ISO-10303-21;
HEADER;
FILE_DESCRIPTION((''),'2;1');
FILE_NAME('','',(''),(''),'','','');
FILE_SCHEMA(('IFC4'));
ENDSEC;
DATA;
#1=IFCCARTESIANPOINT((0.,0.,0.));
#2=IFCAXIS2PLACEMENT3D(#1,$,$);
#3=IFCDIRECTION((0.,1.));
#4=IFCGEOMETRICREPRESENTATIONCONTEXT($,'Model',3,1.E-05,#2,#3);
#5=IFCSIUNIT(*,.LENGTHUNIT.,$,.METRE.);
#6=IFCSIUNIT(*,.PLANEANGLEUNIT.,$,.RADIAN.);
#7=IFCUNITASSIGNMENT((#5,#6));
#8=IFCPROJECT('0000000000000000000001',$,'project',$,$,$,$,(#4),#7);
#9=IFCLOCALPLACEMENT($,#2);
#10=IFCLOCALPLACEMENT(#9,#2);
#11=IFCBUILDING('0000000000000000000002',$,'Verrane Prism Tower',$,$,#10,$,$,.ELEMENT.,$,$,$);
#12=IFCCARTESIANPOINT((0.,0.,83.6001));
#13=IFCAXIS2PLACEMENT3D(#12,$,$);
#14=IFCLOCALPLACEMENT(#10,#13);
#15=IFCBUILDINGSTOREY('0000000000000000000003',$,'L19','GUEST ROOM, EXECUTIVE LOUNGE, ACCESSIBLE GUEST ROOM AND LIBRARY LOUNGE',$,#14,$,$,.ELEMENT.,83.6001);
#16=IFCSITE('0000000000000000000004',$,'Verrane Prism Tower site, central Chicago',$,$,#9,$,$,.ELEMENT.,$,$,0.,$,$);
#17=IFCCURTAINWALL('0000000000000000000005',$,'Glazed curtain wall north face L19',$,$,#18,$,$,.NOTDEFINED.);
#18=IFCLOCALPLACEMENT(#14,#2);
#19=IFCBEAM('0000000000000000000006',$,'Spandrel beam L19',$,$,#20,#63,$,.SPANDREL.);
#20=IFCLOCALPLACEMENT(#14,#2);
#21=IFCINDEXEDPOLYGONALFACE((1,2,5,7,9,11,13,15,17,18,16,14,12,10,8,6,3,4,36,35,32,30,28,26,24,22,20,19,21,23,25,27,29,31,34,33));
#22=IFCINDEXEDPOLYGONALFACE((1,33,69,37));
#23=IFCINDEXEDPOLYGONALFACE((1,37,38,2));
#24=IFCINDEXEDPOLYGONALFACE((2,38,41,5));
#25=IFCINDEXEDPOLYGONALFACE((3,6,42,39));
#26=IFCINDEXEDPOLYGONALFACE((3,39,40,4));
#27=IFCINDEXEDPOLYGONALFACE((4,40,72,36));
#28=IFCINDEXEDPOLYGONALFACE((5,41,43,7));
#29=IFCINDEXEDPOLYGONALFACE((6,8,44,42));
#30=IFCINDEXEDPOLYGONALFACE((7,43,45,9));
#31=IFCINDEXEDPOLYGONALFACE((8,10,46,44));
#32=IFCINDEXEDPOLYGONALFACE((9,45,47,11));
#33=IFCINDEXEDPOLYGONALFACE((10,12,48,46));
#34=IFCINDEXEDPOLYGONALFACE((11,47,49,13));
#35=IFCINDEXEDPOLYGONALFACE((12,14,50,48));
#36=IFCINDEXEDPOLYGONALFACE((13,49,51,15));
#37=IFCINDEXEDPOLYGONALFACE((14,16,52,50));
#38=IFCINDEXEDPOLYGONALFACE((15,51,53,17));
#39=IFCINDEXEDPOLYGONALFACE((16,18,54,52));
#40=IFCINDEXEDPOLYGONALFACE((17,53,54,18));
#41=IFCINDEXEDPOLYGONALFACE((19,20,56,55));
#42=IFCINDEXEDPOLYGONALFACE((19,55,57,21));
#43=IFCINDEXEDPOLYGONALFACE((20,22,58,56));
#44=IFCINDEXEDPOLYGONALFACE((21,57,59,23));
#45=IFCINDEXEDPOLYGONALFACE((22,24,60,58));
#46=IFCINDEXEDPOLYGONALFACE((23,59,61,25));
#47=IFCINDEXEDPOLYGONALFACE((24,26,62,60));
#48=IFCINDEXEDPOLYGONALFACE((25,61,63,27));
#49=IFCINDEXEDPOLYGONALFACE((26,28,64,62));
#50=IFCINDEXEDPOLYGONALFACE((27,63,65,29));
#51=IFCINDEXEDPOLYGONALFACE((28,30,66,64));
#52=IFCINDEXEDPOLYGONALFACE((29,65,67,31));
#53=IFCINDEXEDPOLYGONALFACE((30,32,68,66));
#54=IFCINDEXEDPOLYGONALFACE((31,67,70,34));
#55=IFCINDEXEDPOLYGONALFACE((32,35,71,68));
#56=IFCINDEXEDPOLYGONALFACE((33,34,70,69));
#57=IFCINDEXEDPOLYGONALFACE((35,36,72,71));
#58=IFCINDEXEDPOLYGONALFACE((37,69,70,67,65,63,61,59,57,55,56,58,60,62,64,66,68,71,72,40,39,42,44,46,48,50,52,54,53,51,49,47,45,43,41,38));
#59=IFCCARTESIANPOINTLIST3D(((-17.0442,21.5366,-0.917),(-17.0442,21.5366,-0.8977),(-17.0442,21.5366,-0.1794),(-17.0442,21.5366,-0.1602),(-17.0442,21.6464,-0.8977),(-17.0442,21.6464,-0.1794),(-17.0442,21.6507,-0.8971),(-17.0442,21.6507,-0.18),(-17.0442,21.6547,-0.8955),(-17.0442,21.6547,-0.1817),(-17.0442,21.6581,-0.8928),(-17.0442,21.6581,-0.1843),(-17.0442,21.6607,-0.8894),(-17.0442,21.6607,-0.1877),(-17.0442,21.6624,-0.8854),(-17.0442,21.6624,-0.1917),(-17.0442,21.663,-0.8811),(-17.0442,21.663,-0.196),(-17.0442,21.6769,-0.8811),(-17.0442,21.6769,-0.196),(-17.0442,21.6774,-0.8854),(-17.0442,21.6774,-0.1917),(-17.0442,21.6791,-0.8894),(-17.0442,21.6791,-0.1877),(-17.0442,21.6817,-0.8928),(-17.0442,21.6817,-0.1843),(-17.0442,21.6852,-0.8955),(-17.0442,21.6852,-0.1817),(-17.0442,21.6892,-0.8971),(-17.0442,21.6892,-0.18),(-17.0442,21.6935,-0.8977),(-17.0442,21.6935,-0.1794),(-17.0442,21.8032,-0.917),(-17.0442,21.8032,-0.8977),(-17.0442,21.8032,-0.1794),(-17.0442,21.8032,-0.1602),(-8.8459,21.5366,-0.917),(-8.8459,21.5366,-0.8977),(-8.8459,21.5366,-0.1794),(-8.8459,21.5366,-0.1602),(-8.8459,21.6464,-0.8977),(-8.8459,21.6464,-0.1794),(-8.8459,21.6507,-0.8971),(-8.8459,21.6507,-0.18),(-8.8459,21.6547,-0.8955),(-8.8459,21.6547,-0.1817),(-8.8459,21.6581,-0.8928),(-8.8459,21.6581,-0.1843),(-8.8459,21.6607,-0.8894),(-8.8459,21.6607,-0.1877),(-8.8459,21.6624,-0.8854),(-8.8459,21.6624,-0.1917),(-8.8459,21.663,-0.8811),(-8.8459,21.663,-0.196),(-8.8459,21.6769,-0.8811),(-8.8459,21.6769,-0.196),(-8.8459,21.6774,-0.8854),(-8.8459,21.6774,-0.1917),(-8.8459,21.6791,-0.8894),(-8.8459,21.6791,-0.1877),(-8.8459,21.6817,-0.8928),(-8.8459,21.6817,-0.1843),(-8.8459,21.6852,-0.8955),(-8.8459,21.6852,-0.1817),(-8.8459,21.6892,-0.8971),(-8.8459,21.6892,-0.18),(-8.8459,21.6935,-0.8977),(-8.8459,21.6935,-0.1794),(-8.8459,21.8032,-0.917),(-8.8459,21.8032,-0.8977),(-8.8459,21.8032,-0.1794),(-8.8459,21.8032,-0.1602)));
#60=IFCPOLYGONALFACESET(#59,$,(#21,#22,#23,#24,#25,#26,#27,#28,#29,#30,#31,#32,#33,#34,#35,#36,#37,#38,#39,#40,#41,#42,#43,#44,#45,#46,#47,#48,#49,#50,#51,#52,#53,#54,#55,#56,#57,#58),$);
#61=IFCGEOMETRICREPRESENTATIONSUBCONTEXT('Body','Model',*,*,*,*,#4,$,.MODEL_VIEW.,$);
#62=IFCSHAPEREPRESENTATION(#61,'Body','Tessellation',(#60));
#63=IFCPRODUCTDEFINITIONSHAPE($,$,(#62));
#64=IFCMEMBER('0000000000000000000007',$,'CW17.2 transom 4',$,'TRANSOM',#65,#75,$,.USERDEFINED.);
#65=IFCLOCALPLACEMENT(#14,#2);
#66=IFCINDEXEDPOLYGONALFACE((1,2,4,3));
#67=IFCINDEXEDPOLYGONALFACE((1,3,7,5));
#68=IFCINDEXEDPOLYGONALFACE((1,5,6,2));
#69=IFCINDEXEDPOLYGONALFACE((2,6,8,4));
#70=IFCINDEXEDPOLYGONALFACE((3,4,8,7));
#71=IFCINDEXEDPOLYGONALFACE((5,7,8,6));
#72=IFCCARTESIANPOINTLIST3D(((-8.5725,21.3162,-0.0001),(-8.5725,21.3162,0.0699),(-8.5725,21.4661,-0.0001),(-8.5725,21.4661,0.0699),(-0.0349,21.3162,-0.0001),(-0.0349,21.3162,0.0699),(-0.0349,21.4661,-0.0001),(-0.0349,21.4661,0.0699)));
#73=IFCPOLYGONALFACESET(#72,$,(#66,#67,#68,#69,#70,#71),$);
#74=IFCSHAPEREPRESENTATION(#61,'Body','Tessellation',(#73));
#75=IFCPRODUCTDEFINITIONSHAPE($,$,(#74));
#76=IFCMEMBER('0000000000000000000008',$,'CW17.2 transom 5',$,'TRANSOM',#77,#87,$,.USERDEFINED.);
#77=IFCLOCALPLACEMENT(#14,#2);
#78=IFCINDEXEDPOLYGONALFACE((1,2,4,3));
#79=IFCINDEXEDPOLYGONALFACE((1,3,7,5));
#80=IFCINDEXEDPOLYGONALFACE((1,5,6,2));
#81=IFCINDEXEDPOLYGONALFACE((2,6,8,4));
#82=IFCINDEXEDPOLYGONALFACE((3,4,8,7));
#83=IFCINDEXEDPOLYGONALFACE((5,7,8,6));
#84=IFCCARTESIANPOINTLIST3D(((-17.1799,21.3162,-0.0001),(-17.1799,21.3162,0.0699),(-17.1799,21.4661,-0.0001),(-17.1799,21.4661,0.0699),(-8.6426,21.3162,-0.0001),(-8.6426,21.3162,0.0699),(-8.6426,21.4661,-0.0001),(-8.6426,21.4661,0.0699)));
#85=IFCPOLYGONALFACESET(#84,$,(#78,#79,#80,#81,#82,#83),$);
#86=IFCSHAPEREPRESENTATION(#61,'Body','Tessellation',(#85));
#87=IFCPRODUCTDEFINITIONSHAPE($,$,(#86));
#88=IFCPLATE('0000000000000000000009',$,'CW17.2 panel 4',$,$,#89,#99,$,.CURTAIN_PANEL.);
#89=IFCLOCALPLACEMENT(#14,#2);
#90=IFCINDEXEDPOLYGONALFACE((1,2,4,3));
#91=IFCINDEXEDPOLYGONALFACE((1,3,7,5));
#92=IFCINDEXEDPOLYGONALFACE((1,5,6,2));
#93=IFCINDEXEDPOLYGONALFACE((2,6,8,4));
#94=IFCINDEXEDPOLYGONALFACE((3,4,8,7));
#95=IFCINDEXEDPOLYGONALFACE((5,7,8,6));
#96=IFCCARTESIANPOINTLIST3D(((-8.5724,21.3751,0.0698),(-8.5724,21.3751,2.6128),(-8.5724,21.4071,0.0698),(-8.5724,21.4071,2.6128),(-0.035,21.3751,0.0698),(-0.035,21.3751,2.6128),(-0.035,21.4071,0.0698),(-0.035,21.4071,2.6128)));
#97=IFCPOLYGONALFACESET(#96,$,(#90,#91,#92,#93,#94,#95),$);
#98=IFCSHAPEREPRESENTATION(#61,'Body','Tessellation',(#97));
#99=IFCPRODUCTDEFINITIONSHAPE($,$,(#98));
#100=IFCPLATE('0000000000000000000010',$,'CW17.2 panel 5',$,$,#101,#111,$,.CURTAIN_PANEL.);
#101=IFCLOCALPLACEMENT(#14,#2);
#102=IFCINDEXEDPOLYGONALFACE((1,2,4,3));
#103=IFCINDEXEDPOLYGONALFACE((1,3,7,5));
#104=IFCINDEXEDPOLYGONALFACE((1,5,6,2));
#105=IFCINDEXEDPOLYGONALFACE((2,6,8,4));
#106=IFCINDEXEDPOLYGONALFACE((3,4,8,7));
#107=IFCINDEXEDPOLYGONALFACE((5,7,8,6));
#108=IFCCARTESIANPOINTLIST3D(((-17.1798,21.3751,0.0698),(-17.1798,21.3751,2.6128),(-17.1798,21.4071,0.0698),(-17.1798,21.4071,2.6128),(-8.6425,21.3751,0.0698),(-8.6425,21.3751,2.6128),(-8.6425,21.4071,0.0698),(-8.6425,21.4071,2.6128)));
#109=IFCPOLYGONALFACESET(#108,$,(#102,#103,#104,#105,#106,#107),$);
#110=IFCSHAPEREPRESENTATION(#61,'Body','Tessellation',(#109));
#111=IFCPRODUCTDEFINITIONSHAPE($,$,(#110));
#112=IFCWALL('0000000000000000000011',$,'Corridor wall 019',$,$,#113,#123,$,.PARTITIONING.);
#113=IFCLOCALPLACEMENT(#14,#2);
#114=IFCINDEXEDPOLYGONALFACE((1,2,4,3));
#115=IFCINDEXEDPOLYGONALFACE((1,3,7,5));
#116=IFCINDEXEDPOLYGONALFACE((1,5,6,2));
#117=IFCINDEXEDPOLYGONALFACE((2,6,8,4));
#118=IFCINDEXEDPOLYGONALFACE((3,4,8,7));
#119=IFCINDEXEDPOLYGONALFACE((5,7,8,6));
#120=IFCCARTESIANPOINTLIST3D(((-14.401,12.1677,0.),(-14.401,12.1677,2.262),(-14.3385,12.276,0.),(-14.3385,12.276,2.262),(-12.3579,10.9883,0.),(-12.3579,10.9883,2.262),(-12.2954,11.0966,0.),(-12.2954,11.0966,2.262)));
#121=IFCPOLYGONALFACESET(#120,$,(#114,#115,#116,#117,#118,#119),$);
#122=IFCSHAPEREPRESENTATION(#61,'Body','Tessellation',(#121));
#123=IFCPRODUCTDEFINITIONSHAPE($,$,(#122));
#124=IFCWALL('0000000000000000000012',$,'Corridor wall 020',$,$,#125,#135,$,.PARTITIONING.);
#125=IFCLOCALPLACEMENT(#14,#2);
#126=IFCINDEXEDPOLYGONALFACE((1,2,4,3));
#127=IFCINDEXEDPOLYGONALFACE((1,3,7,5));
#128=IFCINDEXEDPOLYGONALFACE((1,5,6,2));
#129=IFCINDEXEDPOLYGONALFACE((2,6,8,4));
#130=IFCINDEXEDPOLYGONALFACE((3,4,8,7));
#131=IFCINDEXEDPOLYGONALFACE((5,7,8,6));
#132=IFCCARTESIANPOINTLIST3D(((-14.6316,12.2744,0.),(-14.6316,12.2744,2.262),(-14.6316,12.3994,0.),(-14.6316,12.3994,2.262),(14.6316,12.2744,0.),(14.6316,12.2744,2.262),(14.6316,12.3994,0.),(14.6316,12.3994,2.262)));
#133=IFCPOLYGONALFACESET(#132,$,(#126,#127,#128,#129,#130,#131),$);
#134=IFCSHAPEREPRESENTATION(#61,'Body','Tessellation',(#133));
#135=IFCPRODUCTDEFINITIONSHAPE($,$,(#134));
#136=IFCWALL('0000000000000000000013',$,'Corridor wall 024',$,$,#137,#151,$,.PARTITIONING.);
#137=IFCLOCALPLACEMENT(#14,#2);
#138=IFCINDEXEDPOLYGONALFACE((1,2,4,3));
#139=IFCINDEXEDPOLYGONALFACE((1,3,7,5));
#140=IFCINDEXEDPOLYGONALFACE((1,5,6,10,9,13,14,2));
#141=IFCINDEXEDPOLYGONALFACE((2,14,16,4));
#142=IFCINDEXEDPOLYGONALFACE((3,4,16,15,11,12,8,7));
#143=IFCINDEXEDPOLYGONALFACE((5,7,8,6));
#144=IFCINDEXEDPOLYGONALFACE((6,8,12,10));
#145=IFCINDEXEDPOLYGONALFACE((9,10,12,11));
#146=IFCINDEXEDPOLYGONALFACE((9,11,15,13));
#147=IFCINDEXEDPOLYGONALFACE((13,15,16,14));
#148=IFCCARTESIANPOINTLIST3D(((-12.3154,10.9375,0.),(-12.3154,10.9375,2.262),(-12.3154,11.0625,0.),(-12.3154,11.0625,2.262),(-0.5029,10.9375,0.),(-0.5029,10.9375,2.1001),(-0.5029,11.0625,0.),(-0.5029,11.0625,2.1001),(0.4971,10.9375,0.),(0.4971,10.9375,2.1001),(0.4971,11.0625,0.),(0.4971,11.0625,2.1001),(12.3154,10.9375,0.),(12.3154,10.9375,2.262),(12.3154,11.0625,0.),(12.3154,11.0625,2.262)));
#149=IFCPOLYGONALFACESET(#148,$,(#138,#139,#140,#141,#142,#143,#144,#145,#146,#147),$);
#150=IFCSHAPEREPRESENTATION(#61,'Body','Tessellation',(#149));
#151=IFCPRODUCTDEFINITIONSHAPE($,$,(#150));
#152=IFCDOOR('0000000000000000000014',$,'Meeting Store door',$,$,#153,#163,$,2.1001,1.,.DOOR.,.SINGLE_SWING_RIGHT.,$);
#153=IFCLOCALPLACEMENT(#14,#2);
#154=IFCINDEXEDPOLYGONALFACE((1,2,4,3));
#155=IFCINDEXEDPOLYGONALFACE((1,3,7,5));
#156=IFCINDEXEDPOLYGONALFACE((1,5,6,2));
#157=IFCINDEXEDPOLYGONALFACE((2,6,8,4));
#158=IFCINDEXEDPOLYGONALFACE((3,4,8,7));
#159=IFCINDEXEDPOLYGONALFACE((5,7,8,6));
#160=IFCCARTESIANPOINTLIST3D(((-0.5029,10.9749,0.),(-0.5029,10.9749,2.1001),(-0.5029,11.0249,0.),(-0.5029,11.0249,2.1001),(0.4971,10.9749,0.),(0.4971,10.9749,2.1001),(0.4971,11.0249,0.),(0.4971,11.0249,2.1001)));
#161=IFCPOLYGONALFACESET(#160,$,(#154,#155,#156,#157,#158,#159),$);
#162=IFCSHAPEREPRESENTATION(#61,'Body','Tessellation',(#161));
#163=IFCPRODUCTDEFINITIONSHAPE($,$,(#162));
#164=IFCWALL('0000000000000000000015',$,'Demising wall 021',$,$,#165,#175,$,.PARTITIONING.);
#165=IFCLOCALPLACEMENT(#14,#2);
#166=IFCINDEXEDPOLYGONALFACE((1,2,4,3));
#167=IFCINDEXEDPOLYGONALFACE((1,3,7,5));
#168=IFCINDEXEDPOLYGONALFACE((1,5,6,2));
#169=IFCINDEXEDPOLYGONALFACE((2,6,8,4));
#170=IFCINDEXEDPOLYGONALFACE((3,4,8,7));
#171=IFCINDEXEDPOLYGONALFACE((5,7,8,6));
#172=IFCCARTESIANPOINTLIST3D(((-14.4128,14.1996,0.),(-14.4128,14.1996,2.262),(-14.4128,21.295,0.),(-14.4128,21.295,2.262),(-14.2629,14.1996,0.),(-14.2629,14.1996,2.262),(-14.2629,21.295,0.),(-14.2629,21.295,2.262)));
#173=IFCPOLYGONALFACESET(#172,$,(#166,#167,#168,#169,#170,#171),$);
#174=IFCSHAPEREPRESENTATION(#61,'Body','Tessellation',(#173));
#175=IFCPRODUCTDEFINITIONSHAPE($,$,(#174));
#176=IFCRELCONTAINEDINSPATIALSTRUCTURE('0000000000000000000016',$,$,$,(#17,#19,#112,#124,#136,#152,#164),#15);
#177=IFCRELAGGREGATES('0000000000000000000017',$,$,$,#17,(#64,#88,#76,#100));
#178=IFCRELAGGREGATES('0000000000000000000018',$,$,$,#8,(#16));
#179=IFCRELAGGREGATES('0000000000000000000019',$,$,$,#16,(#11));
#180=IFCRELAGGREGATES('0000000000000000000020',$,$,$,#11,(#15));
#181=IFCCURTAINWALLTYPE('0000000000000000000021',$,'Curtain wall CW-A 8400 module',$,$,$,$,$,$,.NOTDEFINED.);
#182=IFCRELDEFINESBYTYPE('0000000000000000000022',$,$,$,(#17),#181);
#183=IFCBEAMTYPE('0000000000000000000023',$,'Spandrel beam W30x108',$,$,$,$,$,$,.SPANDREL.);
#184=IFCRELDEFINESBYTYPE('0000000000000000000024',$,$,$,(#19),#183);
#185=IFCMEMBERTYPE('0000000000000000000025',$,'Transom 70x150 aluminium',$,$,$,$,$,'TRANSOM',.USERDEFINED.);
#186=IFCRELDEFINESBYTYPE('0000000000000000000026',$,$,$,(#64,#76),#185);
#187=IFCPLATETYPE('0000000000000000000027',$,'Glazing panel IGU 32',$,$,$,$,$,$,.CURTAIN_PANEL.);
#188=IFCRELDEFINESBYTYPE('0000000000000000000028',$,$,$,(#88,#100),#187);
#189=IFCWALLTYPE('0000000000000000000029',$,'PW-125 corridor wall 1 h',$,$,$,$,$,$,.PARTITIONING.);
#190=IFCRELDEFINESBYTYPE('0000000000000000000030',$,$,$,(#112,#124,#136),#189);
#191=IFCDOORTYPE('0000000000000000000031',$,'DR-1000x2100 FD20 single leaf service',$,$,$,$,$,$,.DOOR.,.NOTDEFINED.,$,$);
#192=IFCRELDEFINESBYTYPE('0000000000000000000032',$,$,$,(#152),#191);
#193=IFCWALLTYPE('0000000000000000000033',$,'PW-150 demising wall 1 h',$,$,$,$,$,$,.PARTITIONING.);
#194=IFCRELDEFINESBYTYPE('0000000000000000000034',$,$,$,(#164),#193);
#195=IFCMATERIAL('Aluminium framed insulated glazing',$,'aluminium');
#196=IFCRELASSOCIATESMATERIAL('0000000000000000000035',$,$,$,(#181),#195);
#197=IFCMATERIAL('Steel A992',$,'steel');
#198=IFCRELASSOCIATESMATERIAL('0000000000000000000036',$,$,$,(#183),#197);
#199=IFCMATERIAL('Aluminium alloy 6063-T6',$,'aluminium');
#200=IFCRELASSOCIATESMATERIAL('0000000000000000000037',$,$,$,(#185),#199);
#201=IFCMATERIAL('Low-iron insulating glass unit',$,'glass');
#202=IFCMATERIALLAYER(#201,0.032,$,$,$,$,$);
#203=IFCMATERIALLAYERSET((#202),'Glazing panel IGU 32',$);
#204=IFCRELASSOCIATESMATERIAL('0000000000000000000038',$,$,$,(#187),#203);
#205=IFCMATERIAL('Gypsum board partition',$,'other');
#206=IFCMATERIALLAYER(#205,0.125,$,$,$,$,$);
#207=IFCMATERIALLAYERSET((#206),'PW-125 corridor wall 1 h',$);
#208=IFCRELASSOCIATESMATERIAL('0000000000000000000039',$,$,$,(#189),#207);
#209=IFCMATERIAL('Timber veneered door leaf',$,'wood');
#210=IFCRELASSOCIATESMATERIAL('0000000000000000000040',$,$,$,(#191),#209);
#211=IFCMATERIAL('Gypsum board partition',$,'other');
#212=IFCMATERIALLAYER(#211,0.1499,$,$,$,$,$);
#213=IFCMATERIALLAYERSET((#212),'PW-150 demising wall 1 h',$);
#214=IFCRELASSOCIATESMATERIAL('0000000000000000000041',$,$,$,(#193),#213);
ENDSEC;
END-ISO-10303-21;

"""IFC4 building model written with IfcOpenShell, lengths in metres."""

from ifc_helpers import new_model, si_unit, direction, frame, frame_2d, origin, origin_2d, place, context, subcontext, project, spatial, rectangle, i_section, extrude, material, layer, layer_set, material_profile, profile_set, type_object, element, fill, aggregate, save


model = new_model("IFC4")

# Units and contexts
model_context = context("Model", 3, precision=1e-05, world=origin(), true_north=direction((0.0, 1.0)))
body_context = subcontext(model_context, "Body", "Model", "MODEL_VIEW")
ifc_project = project(units=[si_unit("LENGTHUNIT", "METRE"), si_unit("PLANEANGLEUNIT", "RADIAN")], contexts=[model_context])

# Site, building, storey
site_placement = place(None, origin())
site = spatial("IfcSite", under=ifc_project, at=site_placement, Name="Verrane Prism Tower site, central Chicago", CompositionType="ELEMENT", RefElevation=0.0)
building_placement = place(site_placement, origin())
building = spatial("IfcBuilding", under=site, at=building_placement, Name="Verrane Prism Tower", CompositionType="ELEMENT")
storey_placement = place(building_placement, frame((0.0, 0.0, 83.6001)))
storey = spatial("IfcBuildingStorey", under=building, at=storey_placement, Name="L19", Description="GUEST ROOM, EXECUTIVE LOUNGE, ACCESSIBLE GUEST ROOM AND LIBRARY LOUNGE", CompositionType="ELEMENT", Elevation=83.6001)

# Curtain wall
ifc_material_1 = material(Name="Aluminium framed insulated glazing", Category="aluminium")
curtain_wall_type = type_object("IfcCurtainWallType", Name="Curtain wall CW-A 8400 module", PredefinedType="NOTDEFINED", material=ifc_material_1)
curtain_wall_placement = place(storey_placement, origin())
curtain_wall = element("IfcCurtainWall", 1, at=curtain_wall_placement, inside=storey, type_object=curtain_wall_type, Name="Glazed curtain wall north face L19", PredefinedType="NOTDEFINED")

# Beam
ifc_material_2 = material(Name="Steel A992", Category="steel")
ifc_material_profile_1 = material_profile(ifc_material_2, i_section(OverallWidth=0.2666, OverallDepth=0.7568, WebThickness=0.0139, FlangeThickness=0.0193, FilletRadius=0.0166, at=origin_2d()), Name="W30x108")
ifc_profile_set_1 = profile_set([ifc_material_profile_1], Name="Steel A992")
beam_type_1 = type_object("IfcBeamType", Name="Spandrel beam W30x108", PredefinedType="SPANDREL", material=ifc_profile_set_1)
for number, where, z_axis, x_axis, name in (
    (2, (-8.8459, 21.6699, -0.5386), (-1.0, 0.0, 0.0), (0.0, -1.0, 0.0), "Spandrel beam L19"),
):
    element("IfcBeam", number, at=place(storey_placement, frame(where, z_axis=z_axis, x_axis=x_axis)), inside=storey, type_object=beam_type_1, Name=name, PredefinedType="SPANDREL", context=body_context, shape_type="SweptSolid", body=[
        extrude(i_section(OverallWidth=0.2666, OverallDepth=0.7568, WebThickness=0.0139, FlangeThickness=0.0193, FilletRadius=0.0166, at=origin_2d()), origin(), (0.0, 0.0, 1.0), 8.1982),
    ])

# Members
ifc_material_3 = material(Name="Aluminium alloy 6063-T6", Category="aluminium")
ifc_material_profile_2 = material_profile(ifc_material_3, rectangle(XDim=0.1499, YDim=0.0701, at=origin_2d()), Name="Transom 70x150 aluminium")
ifc_profile_set_2 = profile_set([ifc_material_profile_2], Name="Aluminium alloy 6063-T6")
member_type_1 = type_object("IfcMemberType", Name="Transom 70x150 aluminium", ElementType="TRANSOM", PredefinedType="USERDEFINED", material=ifc_profile_set_2)
member_1_placement = place(storey_placement, frame((-0.0349, 21.3911, 0.0349), z_axis=(-1.0, 0.0, 0.0), x_axis=(0.0, -1.0, 0.0)))
member_1 = element("IfcMember", 3, at=member_1_placement, type_object=member_type_1, Name="CW17.2 transom 4", ObjectType="TRANSOM", PredefinedType="USERDEFINED", context=body_context, shape_type="SweptSolid", body=[
    extrude(rectangle(XDim=0.1499, YDim=0.0701, at=origin_2d()), origin(), (0.0, 0.0, 1.0), 8.5376),
])
member_2_placement = place(storey_placement, frame((-8.6426, 21.3911, 0.0349), z_axis=(-1.0, 0.0, 0.0), x_axis=(0.0, -1.0, 0.0)))
member_2 = element("IfcMember", 4, at=member_2_placement, type_object=member_type_1, Name="CW17.2 transom 5", ObjectType="TRANSOM", PredefinedType="USERDEFINED", context=body_context, shape_type="SweptSolid", body=[
    extrude(rectangle(XDim=0.1499, YDim=0.0701, at=origin_2d()), origin(), (0.0, 0.0, 1.0), 8.5374),
])

# Plates
ifc_material_4 = material(Name="Low-iron insulating glass unit", Category="glass")
ifc_layer_1 = layer(ifc_material_4, 0.032)
ifc_layer_set_1 = layer_set([ifc_layer_1], Name="Glazing panel IGU 32")
plate_type = type_object("IfcPlateType", Name="Glazing panel IGU 32", PredefinedType="CURTAIN_PANEL", material=ifc_layer_set_1)
plate_1_placement = place(storey_placement, frame((-4.3037, 21.3911, 0.0698), z_axis=(0.0, 0.0, 1.0), x_axis=(-1.0, 0.0, 0.0)))
plate_1 = element("IfcPlate", 5, at=plate_1_placement, type_object=plate_type, Name="CW17.2 panel 4", PredefinedType="CURTAIN_PANEL", context=body_context, shape_type="SweptSolid", body=[
    extrude(rectangle(XDim=8.5374, YDim=0.032, at=origin_2d()), origin(), (0.0, 0.0, 1.0), 2.543),
])
plate_2_placement = place(storey_placement, frame((-12.9111, 21.3911, 0.0698), z_axis=(0.0, 0.0, 1.0), x_axis=(-1.0, 0.0, 0.0)))
plate_2 = element("IfcPlate", 6, at=plate_2_placement, type_object=plate_type, Name="CW17.2 panel 5", PredefinedType="CURTAIN_PANEL", context=body_context, shape_type="SweptSolid", body=[
    extrude(rectangle(XDim=8.5374, YDim=0.032, at=origin_2d()), origin(), (0.0, 0.0, 1.0), 2.543),
])
aggregate(curtain_wall, [member_1, plate_1, member_2, plate_2])

# Walls
ifc_material_5 = material(Name="Gypsum board partition", Category="other")
ifc_layer_2 = layer(ifc_material_5, 0.125)
ifc_layer_set_2 = layer_set([ifc_layer_2], Name="PW-125 corridor wall 1 h")
wall_type_1 = type_object("IfcWallType", Name="PW-125 corridor wall 1 h", PredefinedType="PARTITIONING", material=ifc_layer_set_2)
wall_1_placement = place(storey_placement, frame((-14.3699, 12.2219, 0.0), z_axis=(0.0, 0.0, 1.0), x_axis=(0.866063, -0.499934, 0.0)))
element("IfcWall", 7, at=wall_1_placement, inside=storey, type_object=wall_type_1, Name="Corridor wall 019", PredefinedType="PARTITIONING", context=body_context, shape_type="SweptSolid", body=[
    extrude(rectangle(XDim=2.3591, YDim=0.125, at=frame_2d((1.1797, 0.0))), origin(), (0.0, 0.0, 1.0), 2.262),
])
wall_2_placement = place(storey_placement, frame((-14.6316, 12.3369, 0.0), z_axis=(0.0, 0.0, 1.0), x_axis=(1.0, 0.0, 0.0)))
element("IfcWall", 8, at=wall_2_placement, inside=storey, type_object=wall_type_1, Name="Corridor wall 020", PredefinedType="PARTITIONING", context=body_context, shape_type="SweptSolid", body=[
    extrude(rectangle(XDim=29.2632, YDim=0.125, at=frame_2d((14.6316, 0.0))), origin(), (0.0, 0.0, 1.0), 2.262),
])

# Wall, opening, door
wall_3_placement = place(storey_placement, frame((-12.3154, 11.0, 0.0), z_axis=(0.0, 0.0, 1.0), x_axis=(1.0, 0.0, 0.0)))
wall_3 = element("IfcWall", 9, at=wall_3_placement, inside=storey, type_object=wall_type_1, Name="Corridor wall 024", PredefinedType="PARTITIONING", context=body_context, shape_type="SweptSolid", body=[
    extrude(rectangle(XDim=24.6309, YDim=0.125, at=frame_2d((12.3154, 0.0))), origin(), (0.0, 0.0, 1.0), 2.262),
])
opening_1_placement = place(wall_3_placement, frame((11.8125, 0.0, 0.0)))
opening_1 = element("IfcOpeningElement", 10, at=opening_1_placement, cuts=wall_3, PredefinedType="OPENING", context=body_context, shape_type="SweptSolid", body=[
    extrude(rectangle(XDim=1.0, YDim=2.1001, at=frame_2d((0.5, 1.05))), frame((0.0, 0.0725, 0.0), z_axis=(0.0, -1.0, 0.0), x_axis=(1.0, 0.0, 0.0)), (0.0, 0.0, 1.0), 0.145),
])
ifc_material_6 = material(Name="Timber veneered door leaf", Category="wood")
door_type_1 = type_object("IfcDoorType", Name="DR-1000x2100 FD20 single leaf service", OperationType="NOTDEFINED", PredefinedType="DOOR", material=ifc_material_6)
door_1_placement = place(opening_1_placement, origin())
door_1 = element("IfcDoor", 11, at=door_1_placement, inside=storey, type_object=door_type_1, Name="Meeting Store door", OperationType="SINGLE_SWING_RIGHT", OverallHeight=2.1001, OverallWidth=1.0, PredefinedType="DOOR", context=body_context, shape_type="SweptSolid", body=[
    extrude(rectangle(XDim=1.0, YDim=2.1001, at=frame_2d((0.5, 1.05))), frame((0.0, 0.0249, 0.0), z_axis=(0.0, -1.0, 0.0), x_axis=(1.0, 0.0, 0.0)), (0.0, 0.0, 1.0), 0.05),
])
fill(opening_1, door_1)

# Wall
ifc_material_7 = material(Name="Gypsum board partition", Category="other")
ifc_layer_3 = layer(ifc_material_7, 0.1499)
ifc_layer_set_3 = layer_set([ifc_layer_3], Name="PW-150 demising wall 1 h")
wall_type_2 = type_object("IfcWallType", Name="PW-150 demising wall 1 h", PredefinedType="PARTITIONING", material=ifc_layer_set_3)
for number, where, z_axis, x_axis, name in (
    (12, (-14.3379, 14.1995, 0.0), (0.0, 0.0, 1.0), (0.0, 1.0, 0.0), "Demising wall 021"),
):
    element("IfcWall", number, at=place(storey_placement, frame(where, z_axis=z_axis, x_axis=x_axis)), inside=storey, type_object=wall_type_2, Name=name, PredefinedType="PARTITIONING", context=body_context, shape_type="SweptSolid", body=[
        extrude(rectangle(XDim=7.0955, YDim=0.1499, at=frame_2d((3.5479, 0.0))), origin(), (0.0, 0.0, 1.0), 2.262),
    ])

save(model, "model.ifc")
